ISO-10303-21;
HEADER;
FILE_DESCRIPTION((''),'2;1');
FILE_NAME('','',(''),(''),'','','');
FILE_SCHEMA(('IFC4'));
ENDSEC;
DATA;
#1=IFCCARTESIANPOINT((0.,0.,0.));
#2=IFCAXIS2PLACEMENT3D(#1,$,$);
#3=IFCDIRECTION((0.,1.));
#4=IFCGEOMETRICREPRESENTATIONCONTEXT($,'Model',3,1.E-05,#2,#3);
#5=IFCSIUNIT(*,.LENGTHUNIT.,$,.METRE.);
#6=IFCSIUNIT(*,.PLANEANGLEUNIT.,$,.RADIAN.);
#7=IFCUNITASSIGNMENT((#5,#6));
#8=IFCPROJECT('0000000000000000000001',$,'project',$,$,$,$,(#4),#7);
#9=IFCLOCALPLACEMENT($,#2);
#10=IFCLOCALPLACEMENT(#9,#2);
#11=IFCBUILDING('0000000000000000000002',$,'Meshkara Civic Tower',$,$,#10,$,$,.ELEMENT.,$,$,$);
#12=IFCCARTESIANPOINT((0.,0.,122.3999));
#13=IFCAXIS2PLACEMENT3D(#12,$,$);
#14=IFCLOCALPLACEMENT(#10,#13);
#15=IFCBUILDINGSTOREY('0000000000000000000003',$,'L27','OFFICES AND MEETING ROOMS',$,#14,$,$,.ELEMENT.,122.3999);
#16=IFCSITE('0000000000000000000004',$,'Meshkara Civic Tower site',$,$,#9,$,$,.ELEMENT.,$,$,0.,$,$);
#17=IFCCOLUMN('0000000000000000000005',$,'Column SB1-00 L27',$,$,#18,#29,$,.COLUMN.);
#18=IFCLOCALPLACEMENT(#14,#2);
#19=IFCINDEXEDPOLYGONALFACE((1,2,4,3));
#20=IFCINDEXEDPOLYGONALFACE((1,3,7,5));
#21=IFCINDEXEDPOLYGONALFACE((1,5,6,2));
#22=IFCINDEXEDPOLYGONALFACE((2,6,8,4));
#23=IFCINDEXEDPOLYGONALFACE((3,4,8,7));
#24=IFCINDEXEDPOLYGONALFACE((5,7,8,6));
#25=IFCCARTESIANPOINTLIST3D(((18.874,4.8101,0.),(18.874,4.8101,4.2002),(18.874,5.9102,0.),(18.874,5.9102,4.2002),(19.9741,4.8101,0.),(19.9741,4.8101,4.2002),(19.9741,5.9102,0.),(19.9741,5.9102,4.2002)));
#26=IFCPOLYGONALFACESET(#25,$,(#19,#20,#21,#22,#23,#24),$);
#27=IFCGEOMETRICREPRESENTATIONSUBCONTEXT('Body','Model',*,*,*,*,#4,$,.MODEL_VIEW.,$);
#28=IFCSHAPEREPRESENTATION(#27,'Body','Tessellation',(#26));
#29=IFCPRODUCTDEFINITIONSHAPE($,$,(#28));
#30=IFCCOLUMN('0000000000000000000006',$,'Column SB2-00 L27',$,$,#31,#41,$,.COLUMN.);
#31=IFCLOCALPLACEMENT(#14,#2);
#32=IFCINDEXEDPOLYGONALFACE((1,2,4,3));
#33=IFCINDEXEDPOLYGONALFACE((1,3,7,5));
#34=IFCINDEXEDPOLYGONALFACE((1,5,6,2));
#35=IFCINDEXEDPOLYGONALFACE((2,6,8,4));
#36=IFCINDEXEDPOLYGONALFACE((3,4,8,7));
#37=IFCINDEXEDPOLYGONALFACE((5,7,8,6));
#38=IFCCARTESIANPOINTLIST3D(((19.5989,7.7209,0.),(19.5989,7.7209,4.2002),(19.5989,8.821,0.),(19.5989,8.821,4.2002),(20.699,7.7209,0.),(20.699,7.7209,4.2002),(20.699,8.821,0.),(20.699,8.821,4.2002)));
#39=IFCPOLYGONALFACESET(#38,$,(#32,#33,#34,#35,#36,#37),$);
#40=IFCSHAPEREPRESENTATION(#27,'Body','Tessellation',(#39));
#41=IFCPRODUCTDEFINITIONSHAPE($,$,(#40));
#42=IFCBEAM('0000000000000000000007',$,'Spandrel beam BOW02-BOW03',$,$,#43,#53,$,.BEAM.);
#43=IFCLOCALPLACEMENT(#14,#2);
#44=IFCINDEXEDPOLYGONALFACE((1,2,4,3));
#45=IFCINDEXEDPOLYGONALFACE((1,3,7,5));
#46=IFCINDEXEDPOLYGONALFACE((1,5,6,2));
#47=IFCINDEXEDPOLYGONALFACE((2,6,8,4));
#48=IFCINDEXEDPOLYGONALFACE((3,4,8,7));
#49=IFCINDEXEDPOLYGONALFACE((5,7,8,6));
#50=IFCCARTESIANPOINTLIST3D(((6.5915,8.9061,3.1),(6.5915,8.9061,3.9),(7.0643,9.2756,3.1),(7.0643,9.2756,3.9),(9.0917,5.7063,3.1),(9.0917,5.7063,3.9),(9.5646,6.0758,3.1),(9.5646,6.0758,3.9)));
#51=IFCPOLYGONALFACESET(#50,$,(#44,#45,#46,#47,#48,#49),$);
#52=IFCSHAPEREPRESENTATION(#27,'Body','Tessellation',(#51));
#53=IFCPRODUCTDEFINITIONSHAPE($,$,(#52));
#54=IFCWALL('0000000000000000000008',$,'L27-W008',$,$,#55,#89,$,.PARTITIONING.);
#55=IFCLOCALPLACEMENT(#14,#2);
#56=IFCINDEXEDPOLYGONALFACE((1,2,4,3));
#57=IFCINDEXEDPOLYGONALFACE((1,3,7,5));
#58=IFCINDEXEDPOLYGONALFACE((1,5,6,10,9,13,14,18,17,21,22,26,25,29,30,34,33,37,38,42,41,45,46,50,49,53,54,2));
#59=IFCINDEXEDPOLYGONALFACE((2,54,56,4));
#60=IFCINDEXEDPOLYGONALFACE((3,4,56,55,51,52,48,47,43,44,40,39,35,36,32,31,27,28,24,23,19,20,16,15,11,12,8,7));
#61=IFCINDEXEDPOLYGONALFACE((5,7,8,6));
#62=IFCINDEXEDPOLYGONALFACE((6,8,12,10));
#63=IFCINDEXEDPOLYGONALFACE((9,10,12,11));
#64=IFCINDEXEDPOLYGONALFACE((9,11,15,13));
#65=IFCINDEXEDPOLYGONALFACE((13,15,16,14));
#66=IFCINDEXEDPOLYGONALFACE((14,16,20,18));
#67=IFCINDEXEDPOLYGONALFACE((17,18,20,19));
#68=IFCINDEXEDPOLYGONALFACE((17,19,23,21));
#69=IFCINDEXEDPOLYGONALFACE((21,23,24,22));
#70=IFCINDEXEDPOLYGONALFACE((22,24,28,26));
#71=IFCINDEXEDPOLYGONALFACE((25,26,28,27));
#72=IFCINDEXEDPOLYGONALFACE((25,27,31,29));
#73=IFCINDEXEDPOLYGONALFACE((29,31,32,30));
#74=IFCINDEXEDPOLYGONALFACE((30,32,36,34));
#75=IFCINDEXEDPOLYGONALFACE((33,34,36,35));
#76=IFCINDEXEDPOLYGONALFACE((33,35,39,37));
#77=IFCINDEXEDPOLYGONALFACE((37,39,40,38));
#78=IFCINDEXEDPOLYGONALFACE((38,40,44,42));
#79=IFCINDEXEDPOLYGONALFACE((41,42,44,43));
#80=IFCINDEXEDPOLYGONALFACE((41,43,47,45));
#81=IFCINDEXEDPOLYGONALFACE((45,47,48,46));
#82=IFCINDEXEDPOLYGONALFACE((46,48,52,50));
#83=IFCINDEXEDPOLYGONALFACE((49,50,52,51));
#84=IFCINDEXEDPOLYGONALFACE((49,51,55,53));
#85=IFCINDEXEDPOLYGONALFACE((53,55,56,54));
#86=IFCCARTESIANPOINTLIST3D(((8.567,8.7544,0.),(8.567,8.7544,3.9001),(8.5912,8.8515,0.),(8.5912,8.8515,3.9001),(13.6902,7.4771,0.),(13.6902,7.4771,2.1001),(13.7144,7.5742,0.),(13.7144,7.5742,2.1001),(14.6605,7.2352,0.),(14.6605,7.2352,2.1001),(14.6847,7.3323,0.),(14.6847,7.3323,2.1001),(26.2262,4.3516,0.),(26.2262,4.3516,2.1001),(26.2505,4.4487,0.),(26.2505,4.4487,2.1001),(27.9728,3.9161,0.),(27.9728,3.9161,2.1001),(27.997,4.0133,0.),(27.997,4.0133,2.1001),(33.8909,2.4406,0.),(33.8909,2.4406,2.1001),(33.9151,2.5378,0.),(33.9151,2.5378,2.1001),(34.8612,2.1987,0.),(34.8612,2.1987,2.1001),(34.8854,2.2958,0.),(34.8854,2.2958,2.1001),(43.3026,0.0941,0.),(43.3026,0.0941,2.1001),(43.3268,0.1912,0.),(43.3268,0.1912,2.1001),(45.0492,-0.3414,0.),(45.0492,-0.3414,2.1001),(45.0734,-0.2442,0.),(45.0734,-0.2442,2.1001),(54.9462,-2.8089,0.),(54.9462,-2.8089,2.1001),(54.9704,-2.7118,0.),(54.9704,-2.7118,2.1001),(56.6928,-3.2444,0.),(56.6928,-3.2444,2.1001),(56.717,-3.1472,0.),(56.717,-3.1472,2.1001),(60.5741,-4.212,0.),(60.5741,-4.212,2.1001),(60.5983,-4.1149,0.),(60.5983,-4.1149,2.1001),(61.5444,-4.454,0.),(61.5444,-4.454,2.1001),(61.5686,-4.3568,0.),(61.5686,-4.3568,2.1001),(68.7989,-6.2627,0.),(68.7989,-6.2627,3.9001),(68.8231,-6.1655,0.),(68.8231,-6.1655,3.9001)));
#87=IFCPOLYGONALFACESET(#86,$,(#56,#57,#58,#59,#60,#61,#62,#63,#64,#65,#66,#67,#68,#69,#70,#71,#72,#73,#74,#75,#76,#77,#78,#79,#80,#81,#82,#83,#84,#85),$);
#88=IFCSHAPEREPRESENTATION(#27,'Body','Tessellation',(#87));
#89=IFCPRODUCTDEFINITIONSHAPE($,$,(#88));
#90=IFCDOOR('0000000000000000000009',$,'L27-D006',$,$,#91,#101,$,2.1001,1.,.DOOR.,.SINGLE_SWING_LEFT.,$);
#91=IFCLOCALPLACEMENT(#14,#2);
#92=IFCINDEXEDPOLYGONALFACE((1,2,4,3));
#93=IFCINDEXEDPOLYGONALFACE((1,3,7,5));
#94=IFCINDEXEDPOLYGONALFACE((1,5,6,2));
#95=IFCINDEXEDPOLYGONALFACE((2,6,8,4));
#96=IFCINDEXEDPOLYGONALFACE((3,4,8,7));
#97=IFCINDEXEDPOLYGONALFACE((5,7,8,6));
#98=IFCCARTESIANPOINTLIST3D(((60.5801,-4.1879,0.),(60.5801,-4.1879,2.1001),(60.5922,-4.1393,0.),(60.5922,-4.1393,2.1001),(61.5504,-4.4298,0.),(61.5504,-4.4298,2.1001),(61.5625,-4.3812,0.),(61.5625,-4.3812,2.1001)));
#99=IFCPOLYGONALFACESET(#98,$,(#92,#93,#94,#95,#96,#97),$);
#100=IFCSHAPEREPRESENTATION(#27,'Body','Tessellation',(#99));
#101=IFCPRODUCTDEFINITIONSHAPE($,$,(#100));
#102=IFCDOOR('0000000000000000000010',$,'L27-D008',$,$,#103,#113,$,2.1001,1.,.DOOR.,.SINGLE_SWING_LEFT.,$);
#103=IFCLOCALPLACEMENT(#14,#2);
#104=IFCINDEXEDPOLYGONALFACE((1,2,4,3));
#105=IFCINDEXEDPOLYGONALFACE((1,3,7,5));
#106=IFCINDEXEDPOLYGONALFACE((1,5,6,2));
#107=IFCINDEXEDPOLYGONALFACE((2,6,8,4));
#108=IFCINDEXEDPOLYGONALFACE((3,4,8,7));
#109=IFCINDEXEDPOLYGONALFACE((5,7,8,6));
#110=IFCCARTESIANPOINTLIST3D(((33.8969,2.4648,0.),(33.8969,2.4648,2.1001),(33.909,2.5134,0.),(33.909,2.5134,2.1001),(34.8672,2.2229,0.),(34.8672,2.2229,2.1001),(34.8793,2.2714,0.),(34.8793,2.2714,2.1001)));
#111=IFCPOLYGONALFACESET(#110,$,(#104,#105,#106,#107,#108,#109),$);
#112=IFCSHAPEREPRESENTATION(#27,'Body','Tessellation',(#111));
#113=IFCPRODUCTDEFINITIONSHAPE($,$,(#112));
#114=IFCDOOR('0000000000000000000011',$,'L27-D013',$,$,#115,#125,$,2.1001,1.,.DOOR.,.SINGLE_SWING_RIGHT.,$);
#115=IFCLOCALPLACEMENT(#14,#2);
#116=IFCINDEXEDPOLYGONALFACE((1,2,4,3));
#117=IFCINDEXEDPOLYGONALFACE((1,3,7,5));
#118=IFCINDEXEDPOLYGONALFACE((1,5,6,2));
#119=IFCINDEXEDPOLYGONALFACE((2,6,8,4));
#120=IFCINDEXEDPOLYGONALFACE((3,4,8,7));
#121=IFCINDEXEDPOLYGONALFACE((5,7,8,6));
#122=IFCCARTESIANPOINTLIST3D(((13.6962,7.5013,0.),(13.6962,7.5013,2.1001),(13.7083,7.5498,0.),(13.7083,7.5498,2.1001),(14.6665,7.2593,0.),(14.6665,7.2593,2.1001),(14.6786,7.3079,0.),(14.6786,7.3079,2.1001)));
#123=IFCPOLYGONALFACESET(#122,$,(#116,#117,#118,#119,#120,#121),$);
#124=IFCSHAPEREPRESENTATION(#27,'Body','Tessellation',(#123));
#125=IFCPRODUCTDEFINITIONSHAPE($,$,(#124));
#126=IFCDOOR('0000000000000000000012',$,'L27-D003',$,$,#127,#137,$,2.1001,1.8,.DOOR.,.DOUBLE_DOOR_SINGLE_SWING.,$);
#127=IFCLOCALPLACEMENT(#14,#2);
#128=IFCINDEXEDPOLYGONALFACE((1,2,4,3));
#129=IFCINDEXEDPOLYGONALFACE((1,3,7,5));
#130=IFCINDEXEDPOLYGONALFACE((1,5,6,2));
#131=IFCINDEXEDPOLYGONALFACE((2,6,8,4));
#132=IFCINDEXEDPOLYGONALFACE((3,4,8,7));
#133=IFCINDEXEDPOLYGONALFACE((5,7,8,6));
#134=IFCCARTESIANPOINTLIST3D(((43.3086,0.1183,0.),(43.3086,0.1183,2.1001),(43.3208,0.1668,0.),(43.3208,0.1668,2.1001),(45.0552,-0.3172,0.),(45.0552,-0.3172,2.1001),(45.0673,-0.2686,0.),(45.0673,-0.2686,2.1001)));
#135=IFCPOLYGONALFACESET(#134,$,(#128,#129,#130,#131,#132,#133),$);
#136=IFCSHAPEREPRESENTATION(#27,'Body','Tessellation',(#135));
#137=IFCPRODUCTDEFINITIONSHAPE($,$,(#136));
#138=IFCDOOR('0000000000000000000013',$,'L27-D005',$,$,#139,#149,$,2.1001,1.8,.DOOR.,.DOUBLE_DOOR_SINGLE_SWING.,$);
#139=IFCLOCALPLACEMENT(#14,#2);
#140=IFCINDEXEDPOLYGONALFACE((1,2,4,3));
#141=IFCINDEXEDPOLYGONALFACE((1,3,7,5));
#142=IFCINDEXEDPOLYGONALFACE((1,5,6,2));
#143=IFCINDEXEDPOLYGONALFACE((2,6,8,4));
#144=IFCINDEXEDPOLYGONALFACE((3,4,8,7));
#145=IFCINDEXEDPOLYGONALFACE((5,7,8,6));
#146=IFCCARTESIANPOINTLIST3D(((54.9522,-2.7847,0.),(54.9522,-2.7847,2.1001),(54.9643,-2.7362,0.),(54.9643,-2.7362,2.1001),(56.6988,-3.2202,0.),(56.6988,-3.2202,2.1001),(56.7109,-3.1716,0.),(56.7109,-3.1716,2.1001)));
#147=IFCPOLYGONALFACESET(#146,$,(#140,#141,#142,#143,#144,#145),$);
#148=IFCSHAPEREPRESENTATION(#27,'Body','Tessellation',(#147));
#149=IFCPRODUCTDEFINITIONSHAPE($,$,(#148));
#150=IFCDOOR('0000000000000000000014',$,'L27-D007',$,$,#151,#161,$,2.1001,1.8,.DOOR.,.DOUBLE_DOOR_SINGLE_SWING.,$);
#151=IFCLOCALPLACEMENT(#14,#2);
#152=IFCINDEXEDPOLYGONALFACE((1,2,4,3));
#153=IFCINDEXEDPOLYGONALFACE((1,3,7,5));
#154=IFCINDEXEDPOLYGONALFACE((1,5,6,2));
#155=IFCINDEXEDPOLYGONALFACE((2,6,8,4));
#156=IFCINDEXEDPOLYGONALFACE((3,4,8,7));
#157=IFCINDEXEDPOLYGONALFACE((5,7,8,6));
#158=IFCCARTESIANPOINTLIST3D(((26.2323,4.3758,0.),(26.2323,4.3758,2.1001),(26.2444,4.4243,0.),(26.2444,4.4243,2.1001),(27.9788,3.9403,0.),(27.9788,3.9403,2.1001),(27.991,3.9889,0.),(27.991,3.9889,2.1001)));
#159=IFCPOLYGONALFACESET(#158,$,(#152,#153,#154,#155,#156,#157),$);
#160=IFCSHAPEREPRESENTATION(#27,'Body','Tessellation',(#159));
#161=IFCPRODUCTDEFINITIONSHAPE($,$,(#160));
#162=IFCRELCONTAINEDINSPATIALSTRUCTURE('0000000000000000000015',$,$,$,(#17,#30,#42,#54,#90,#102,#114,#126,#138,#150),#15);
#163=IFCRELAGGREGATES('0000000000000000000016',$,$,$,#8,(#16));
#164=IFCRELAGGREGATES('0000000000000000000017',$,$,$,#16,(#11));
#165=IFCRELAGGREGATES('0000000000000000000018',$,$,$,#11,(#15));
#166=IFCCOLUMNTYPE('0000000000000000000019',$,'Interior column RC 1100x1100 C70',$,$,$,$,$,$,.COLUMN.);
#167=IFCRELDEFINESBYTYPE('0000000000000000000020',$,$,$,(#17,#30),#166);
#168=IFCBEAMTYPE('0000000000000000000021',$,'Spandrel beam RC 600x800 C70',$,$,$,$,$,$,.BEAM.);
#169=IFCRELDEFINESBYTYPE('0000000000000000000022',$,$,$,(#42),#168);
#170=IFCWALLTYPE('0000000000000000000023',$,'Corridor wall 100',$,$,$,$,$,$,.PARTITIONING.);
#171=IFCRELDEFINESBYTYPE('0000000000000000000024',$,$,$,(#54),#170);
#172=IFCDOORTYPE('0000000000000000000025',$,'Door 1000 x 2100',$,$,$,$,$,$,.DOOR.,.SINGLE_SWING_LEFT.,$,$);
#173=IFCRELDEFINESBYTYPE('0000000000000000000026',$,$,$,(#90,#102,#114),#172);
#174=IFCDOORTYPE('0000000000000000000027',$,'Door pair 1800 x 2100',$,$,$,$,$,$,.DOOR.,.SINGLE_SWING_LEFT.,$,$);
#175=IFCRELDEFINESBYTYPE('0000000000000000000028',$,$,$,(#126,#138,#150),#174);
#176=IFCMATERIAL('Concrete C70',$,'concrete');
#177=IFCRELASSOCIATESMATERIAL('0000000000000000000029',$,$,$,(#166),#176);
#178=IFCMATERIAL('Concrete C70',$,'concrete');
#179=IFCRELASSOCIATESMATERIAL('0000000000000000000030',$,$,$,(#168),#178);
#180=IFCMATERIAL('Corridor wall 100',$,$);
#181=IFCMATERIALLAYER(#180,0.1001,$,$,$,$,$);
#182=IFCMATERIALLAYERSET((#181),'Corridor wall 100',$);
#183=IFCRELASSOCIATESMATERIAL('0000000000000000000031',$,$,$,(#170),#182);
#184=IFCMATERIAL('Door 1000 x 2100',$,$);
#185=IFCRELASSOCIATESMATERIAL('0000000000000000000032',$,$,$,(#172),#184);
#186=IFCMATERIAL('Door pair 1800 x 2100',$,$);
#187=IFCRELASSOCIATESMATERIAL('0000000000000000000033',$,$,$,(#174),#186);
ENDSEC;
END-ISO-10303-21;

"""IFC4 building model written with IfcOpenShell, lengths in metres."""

from ifc_helpers import new_model, si_unit, direction, frame, frame_2d, origin, origin_2d, place, context, subcontext, project, spatial, rectangle, extrude, material, layer, layer_set, material_profile, profile_set, type_object, element, fill, save


model = new_model("IFC4")

# Units and contexts
model_context = context("Model", 3, precision=1e-05, world=origin(), true_north=direction((0.0, 1.0)))
body_context = subcontext(model_context, "Body", "Model", "MODEL_VIEW")
ifc_project = project(units=[si_unit("LENGTHUNIT", "METRE"), si_unit("PLANEANGLEUNIT", "RADIAN")], contexts=[model_context])

# Site, building, storey
site_placement = place(None, origin())
site = spatial("IfcSite", under=ifc_project, at=site_placement, Name="Meshkara Civic Tower site", CompositionType="ELEMENT", RefElevation=0.0)
building_placement = place(site_placement, origin())
building = spatial("IfcBuilding", under=site, at=building_placement, Name="Meshkara Civic Tower", CompositionType="ELEMENT")
storey_placement = place(building_placement, frame((0.0, 0.0, 122.3999)))
storey = spatial("IfcBuildingStorey", under=building, at=storey_placement, Name="L27", Description="OFFICES AND MEETING ROOMS", CompositionType="ELEMENT", Elevation=122.3999)

# Columns
ifc_material_1 = material(Name="Concrete C70", Category="concrete")
ifc_material_profile_1 = material_profile(ifc_material_1, rectangle(XDim=1.1001, YDim=1.1001, at=origin_2d()))
ifc_profile_set_1 = profile_set([ifc_material_profile_1], Name="Concrete C70")
column_type = type_object("IfcColumnType", Name="Interior column RC 1100x1100 C70", PredefinedType="COLUMN", material=ifc_profile_set_1)
for number, where, z_axis, x_axis, name in (
    (1, (19.4241, 5.3601, 0.0), (0.0, 0.0, 1.0), (1.0, 0.0, 0.0), "Column SB1-00 L27"),
    (2, (20.1489, 8.271, 0.0), (0.0, 0.0, 1.0), (1.0, 0.0, 0.0), "Column SB2-00 L27"),
):
    element("IfcColumn", number, at=place(storey_placement, frame(where, z_axis=z_axis, x_axis=x_axis)), inside=storey, type_object=column_type, Name=name, PredefinedType="COLUMN", context=body_context, shape_type="SweptSolid", body=[
        extrude(rectangle(XDim=1.1001, YDim=1.1001, at=origin_2d()), origin(), (0.0, 0.0, 1.0), 4.2002),
    ])

# Beam
ifc_material_2 = material(Name="Concrete C70", Category="concrete")
ifc_material_profile_2 = material_profile(ifc_material_2, rectangle(XDim=0.6001, YDim=0.8, at=origin_2d()))
ifc_profile_set_2 = profile_set([ifc_material_profile_2], Name="Concrete C70")
beam_type = type_object("IfcBeamType", Name="Spandrel beam RC 600x800 C70", PredefinedType="BEAM", material=ifc_profile_set_2)
beam_placement = place(storey_placement, frame((6.8279, 9.0908, 3.5), z_axis=(0.615716, -0.787968, 0.0), x_axis=(0.787968, 0.615716, 0.0)))
element("IfcBeam", 3, at=beam_placement, inside=storey, type_object=beam_type, Name="Spandrel beam BOW02-BOW03", PredefinedType="BEAM", context=body_context, shape_type="SweptSolid", body=[
    extrude(rectangle(XDim=0.6001, YDim=0.8, at=origin_2d()), origin(), (0.0, 0.0, 1.0), 4.0608),
])

# Wall, openings, doors
ifc_material_3 = material(Name="Corridor wall 100")
ifc_layer_1 = layer(ifc_material_3, 0.1001)
ifc_layer_set_1 = layer_set([ifc_layer_1], Name="Corridor wall 100")
wall_type_1 = type_object("IfcWallType", Name="Corridor wall 100", PredefinedType="PARTITIONING", material=ifc_layer_set_1)
wall_1_placement = place(storey_placement, frame((8.5791, 8.803, 0.0), z_axis=(0.0, 0.0, 1.0), x_axis=(0.970297, -0.241916, 0.0)))
wall_1 = element("IfcWall", 4, at=wall_1_placement, inside=storey, type_object=wall_type_1, Name="L27-W008", PredefinedType="PARTITIONING", context=body_context, shape_type="SweptSolid", body=[
    extrude(rectangle(XDim=62.0757, YDim=0.1001, at=frame_2d((31.0378, 0.0))), origin(), (0.0, 0.0, 1.0), 3.9001),
])
opening_1_placement = place(wall_1_placement, frame((35.7991, 0.0, 0.0)))
opening_1 = element("IfcOpeningElement", 5, at=opening_1_placement, cuts=wall_1, PredefinedType="OPENING", context=body_context, shape_type="SweptSolid", body=[
    extrude(rectangle(XDim=1.8, YDim=2.1001, at=frame_2d((0.8999, 1.05))), frame((0.0, 0.0601, 0.0), z_axis=(0.0, -1.0, 0.0), x_axis=(1.0, 0.0, 0.0)), (0.0, 0.0, 1.0), 0.1201),
])
opening_2_placement = place(wall_1_placement, frame((47.7991, 0.0, 0.0)))
opening_2 = element("IfcOpeningElement", 6, at=opening_2_placement, cuts=wall_1, PredefinedType="OPENING", context=body_context, shape_type="SweptSolid", body=[
    extrude(rectangle(XDim=1.8, YDim=2.1001, at=frame_2d((0.8999, 1.05))), frame((0.0, 0.0601, 0.0), z_axis=(0.0, -1.0, 0.0), x_axis=(1.0, 0.0, 0.0)), (0.0, 0.0, 1.0), 0.1201),
])
opening_3_placement = place(wall_1_placement, frame((53.5991, 0.0, 0.0)))
opening_3 = element("IfcOpeningElement", 7, at=opening_3_placement, cuts=wall_1, PredefinedType="OPENING", context=body_context, shape_type="SweptSolid", body=[
    extrude(rectangle(XDim=1.0, YDim=2.1001, at=frame_2d((0.5, 1.05))), frame((0.0, 0.0601, 0.0), z_axis=(0.0, -1.0, 0.0), x_axis=(1.0, 0.0, 0.0)), (0.0, 0.0, 1.0), 0.1201),
])
opening_4_placement = place(wall_1_placement, frame((18.2, 0.0, 0.0)))
opening_4 = element("IfcOpeningElement", 8, at=opening_4_placement, cuts=wall_1, PredefinedType="OPENING", context=body_context, shape_type="SweptSolid", body=[
    extrude(rectangle(XDim=1.8, YDim=2.1001, at=frame_2d((0.8999, 1.05))), frame((0.0, 0.0601, 0.0), z_axis=(0.0, -1.0, 0.0), x_axis=(1.0, 0.0, 0.0)), (0.0, 0.0, 1.0), 0.1201),
])
opening_5_placement = place(wall_1_placement, frame((26.0991, 0.0, 0.0)))
opening_5 = element("IfcOpeningElement", 9, at=opening_5_placement, cuts=wall_1, PredefinedType="OPENING", context=body_context, shape_type="SweptSolid", body=[
    extrude(rectangle(XDim=1.0, YDim=2.1001, at=frame_2d((0.5, 1.05))), frame((0.0, 0.0601, 0.0), z_axis=(0.0, -1.0, 0.0), x_axis=(1.0, 0.0, 0.0)), (0.0, 0.0, 1.0), 0.1201),
])
opening_6_placement = place(wall_1_placement, frame((5.28, 0.0, 0.0)))
opening_6 = element("IfcOpeningElement", 10, at=opening_6_placement, cuts=wall_1, PredefinedType="OPENING", context=body_context, shape_type="SweptSolid", body=[
    extrude(rectangle(XDim=1.0, YDim=2.1001, at=frame_2d((0.5, 1.05))), frame((0.0, 0.0601, 0.0), z_axis=(0.0, -1.0, 0.0), x_axis=(1.0, 0.0, 0.0)), (0.0, 0.0, 1.0), 0.1201),
])
ifc_material_4 = material(Name="Door 1000 x 2100")
door_type_1 = type_object("IfcDoorType", Name="Door 1000 x 2100", OperationType="SINGLE_SWING_LEFT", PredefinedType="DOOR", material=ifc_material_4)
door_1_placement = place(opening_3_placement, origin())
door_1 = element("IfcDoor", 11, at=door_1_placement, inside=storey, type_object=door_type_1, Name="L27-D006", OperationType="SINGLE_SWING_LEFT", OverallHeight=2.1001, OverallWidth=1.0, PredefinedType="DOOR", context=body_context, shape_type="SweptSolid", body=[
    extrude(rectangle(XDim=1.0, YDim=2.1001, at=frame_2d((0.5, 1.05))), frame((0.0, 0.0249, 0.0), z_axis=(0.0, -1.0, 0.0), x_axis=(1.0, 0.0, 0.0)), (0.0, 0.0, 1.0), 0.05),
])
fill(opening_3, door_1)
door_2_placement = place(opening_5_placement, origin())
door_2 = element("IfcDoor", 12, at=door_2_placement, inside=storey, type_object=door_type_1, Name="L27-D008", OperationType="SINGLE_SWING_LEFT", OverallHeight=2.1001, OverallWidth=1.0, PredefinedType="DOOR", context=body_context, shape_type="SweptSolid", body=[
    extrude(rectangle(XDim=1.0, YDim=2.1001, at=frame_2d((0.5, 1.05))), frame((0.0, 0.0249, 0.0), z_axis=(0.0, -1.0, 0.0), x_axis=(1.0, 0.0, 0.0)), (0.0, 0.0, 1.0), 0.05),
])
fill(opening_5, door_2)
door_3_placement = place(opening_6_placement, origin())
door_3 = element("IfcDoor", 13, at=door_3_placement, inside=storey, type_object=door_type_1, Name="L27-D013", OperationType="SINGLE_SWING_RIGHT", OverallHeight=2.1001, OverallWidth=1.0, PredefinedType="DOOR", context=body_context, shape_type="SweptSolid", body=[
    extrude(rectangle(XDim=1.0, YDim=2.1001, at=frame_2d((0.5, 1.05))), frame((0.0, 0.0249, 0.0), z_axis=(0.0, -1.0, 0.0), x_axis=(1.0, 0.0, 0.0)), (0.0, 0.0, 1.0), 0.05),
])
fill(opening_6, door_3)
ifc_material_5 = material(Name="Door pair 1800 x 2100")
door_type_2 = type_object("IfcDoorType", Name="Door pair 1800 x 2100", OperationType="SINGLE_SWING_LEFT", PredefinedType="DOOR", material=ifc_material_5)
door_4_placement = place(opening_1_placement, origin())
door_4 = element("IfcDoor", 14, at=door_4_placement, inside=storey, type_object=door_type_2, Name="L27-D003", OperationType="DOUBLE_DOOR_SINGLE_SWING", OverallHeight=2.1001, OverallWidth=1.8, PredefinedType="DOOR", context=body_context, shape_type="SweptSolid", body=[
    extrude(rectangle(XDim=1.8, YDim=2.1001, at=frame_2d((0.8999, 1.05))), frame((0.0, 0.0249, 0.0), z_axis=(0.0, -1.0, 0.0), x_axis=(1.0, 0.0, 0.0)), (0.0, 0.0, 1.0), 0.05),
])
fill(opening_1, door_4)
door_5_placement = place(opening_2_placement, origin())
door_5 = element("IfcDoor", 15, at=door_5_placement, inside=storey, type_object=door_type_2, Name="L27-D005", OperationType="DOUBLE_DOOR_SINGLE_SWING", OverallHeight=2.1001, OverallWidth=1.8, PredefinedType="DOOR", context=body_context, shape_type="SweptSolid", body=[
    extrude(rectangle(XDim=1.8, YDim=2.1001, at=frame_2d((0.8999, 1.05))), frame((0.0, 0.0249, 0.0), z_axis=(0.0, -1.0, 0.0), x_axis=(1.0, 0.0, 0.0)), (0.0, 0.0, 1.0), 0.05),
])
fill(opening_2, door_5)
door_6_placement = place(opening_4_placement, origin())
door_6 = element("IfcDoor", 16, at=door_6_placement, inside=storey, type_object=door_type_2, Name="L27-D007", OperationType="DOUBLE_DOOR_SINGLE_SWING", OverallHeight=2.1001, OverallWidth=1.8, PredefinedType="DOOR", context=body_context, shape_type="SweptSolid", body=[
    extrude(rectangle(XDim=1.8, YDim=2.1001, at=frame_2d((0.8999, 1.05))), frame((0.0, 0.0249, 0.0), z_axis=(0.0, -1.0, 0.0), x_axis=(1.0, 0.0, 0.0)), (0.0, 0.0, 1.0), 0.05),
])
fill(opening_4, door_6)

save(model, "model.ifc")
